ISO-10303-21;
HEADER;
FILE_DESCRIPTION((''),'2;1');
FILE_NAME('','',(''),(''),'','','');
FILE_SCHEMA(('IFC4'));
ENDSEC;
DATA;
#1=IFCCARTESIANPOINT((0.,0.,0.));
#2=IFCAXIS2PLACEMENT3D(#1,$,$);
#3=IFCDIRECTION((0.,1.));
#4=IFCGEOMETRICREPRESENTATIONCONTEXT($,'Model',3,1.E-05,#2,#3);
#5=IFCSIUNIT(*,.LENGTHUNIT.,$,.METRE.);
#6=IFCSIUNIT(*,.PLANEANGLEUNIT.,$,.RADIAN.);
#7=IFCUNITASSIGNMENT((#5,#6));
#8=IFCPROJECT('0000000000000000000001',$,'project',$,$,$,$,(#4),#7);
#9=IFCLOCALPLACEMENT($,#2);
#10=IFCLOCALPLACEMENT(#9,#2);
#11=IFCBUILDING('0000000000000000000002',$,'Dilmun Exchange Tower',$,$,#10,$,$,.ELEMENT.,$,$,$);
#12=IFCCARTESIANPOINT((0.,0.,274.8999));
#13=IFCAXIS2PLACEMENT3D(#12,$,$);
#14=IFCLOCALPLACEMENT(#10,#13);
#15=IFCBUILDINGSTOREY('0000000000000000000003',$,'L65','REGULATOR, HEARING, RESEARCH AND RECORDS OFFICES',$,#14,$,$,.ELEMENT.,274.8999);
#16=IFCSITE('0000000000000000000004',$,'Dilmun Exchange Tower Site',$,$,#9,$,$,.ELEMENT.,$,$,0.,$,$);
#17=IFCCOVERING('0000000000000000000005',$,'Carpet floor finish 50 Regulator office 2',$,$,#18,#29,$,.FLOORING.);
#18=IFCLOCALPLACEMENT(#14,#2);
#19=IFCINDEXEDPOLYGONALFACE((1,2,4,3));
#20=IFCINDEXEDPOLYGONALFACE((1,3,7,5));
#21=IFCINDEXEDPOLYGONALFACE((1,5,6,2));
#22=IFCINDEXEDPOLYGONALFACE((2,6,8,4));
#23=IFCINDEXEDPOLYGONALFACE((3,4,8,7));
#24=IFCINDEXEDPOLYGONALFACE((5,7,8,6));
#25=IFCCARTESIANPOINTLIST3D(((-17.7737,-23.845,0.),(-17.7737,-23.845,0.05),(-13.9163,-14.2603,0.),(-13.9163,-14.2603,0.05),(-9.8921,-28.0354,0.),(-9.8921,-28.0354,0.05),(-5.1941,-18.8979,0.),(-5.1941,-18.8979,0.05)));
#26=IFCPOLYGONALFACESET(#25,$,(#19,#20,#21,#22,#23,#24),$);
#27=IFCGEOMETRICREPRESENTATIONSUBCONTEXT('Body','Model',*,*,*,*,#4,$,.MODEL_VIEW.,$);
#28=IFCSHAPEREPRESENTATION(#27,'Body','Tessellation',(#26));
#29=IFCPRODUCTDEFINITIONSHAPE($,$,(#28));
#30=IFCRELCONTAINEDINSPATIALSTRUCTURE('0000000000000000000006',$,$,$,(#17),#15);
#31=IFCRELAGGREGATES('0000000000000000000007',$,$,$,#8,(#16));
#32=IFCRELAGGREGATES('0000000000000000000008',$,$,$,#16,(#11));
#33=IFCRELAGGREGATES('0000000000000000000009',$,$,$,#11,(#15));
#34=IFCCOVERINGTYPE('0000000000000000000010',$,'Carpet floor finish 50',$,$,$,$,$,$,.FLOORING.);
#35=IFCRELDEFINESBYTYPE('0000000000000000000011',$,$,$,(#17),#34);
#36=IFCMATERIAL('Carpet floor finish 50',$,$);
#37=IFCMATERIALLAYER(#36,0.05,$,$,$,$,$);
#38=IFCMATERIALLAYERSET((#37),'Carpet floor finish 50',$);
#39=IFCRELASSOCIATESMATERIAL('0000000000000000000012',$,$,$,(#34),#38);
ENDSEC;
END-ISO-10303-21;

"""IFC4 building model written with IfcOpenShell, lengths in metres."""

from ifc_helpers import new_model, si_unit, direction, frame, origin, place, context, subcontext, project, spatial, polyline, outline, extrude, material, layer, layer_set, type_object, element, save


model = new_model("IFC4")

# Units and contexts
model_context = context("Model", 3, precision=1e-05, world=origin(), true_north=direction((0.0, 1.0)))
body_context = subcontext(model_context, "Body", "Model", "MODEL_VIEW")
ifc_project = project(units=[si_unit("LENGTHUNIT", "METRE"), si_unit("PLANEANGLEUNIT", "RADIAN")], contexts=[model_context])

# Site, building, storey
site_placement = place(None, origin())
site = spatial("IfcSite", under=ifc_project, at=site_placement, Name="Dilmun Exchange Tower Site", CompositionType="ELEMENT", RefElevation=0.0)
building_placement = place(site_placement, origin())
building = spatial("IfcBuilding", under=site, at=building_placement, Name="Dilmun Exchange Tower", CompositionType="ELEMENT")
storey_placement = place(building_placement, frame((0.0, 0.0, 274.8999)))
storey = spatial("IfcBuildingStorey", under=building, at=storey_placement, Name="L65", Description="REGULATOR, HEARING, RESEARCH AND RECORDS OFFICES", CompositionType="ELEMENT", Elevation=274.8999)

# Covering
ifc_material_1 = material(Name="Carpet floor finish 50")
ifc_layer_1 = layer(ifc_material_1, 0.05)
ifc_layer_set_1 = layer_set([ifc_layer_1], Name="Carpet floor finish 50")
covering_type_1 = type_object("IfcCoveringType", Name="Carpet floor finish 50", PredefinedType="FLOORING", material=ifc_layer_set_1)
covering_1_placement = place(storey_placement, origin())
element("IfcCovering", 1, at=covering_1_placement, inside=storey, type_object=covering_type_1, Name="Carpet floor finish 50 Regulator office 2", PredefinedType="FLOORING", context=body_context, shape_type="SweptSolid", body=[
    extrude(outline(polyline([(-5.1941, -18.8979), (-9.8921, -28.0354), (-17.7737, -23.845), (-13.9163, -14.2603), (-5.1941, -18.8979)])), origin(), (0.0, 0.0, 1.0), 0.05),
])

save(model, "model.ifc")
